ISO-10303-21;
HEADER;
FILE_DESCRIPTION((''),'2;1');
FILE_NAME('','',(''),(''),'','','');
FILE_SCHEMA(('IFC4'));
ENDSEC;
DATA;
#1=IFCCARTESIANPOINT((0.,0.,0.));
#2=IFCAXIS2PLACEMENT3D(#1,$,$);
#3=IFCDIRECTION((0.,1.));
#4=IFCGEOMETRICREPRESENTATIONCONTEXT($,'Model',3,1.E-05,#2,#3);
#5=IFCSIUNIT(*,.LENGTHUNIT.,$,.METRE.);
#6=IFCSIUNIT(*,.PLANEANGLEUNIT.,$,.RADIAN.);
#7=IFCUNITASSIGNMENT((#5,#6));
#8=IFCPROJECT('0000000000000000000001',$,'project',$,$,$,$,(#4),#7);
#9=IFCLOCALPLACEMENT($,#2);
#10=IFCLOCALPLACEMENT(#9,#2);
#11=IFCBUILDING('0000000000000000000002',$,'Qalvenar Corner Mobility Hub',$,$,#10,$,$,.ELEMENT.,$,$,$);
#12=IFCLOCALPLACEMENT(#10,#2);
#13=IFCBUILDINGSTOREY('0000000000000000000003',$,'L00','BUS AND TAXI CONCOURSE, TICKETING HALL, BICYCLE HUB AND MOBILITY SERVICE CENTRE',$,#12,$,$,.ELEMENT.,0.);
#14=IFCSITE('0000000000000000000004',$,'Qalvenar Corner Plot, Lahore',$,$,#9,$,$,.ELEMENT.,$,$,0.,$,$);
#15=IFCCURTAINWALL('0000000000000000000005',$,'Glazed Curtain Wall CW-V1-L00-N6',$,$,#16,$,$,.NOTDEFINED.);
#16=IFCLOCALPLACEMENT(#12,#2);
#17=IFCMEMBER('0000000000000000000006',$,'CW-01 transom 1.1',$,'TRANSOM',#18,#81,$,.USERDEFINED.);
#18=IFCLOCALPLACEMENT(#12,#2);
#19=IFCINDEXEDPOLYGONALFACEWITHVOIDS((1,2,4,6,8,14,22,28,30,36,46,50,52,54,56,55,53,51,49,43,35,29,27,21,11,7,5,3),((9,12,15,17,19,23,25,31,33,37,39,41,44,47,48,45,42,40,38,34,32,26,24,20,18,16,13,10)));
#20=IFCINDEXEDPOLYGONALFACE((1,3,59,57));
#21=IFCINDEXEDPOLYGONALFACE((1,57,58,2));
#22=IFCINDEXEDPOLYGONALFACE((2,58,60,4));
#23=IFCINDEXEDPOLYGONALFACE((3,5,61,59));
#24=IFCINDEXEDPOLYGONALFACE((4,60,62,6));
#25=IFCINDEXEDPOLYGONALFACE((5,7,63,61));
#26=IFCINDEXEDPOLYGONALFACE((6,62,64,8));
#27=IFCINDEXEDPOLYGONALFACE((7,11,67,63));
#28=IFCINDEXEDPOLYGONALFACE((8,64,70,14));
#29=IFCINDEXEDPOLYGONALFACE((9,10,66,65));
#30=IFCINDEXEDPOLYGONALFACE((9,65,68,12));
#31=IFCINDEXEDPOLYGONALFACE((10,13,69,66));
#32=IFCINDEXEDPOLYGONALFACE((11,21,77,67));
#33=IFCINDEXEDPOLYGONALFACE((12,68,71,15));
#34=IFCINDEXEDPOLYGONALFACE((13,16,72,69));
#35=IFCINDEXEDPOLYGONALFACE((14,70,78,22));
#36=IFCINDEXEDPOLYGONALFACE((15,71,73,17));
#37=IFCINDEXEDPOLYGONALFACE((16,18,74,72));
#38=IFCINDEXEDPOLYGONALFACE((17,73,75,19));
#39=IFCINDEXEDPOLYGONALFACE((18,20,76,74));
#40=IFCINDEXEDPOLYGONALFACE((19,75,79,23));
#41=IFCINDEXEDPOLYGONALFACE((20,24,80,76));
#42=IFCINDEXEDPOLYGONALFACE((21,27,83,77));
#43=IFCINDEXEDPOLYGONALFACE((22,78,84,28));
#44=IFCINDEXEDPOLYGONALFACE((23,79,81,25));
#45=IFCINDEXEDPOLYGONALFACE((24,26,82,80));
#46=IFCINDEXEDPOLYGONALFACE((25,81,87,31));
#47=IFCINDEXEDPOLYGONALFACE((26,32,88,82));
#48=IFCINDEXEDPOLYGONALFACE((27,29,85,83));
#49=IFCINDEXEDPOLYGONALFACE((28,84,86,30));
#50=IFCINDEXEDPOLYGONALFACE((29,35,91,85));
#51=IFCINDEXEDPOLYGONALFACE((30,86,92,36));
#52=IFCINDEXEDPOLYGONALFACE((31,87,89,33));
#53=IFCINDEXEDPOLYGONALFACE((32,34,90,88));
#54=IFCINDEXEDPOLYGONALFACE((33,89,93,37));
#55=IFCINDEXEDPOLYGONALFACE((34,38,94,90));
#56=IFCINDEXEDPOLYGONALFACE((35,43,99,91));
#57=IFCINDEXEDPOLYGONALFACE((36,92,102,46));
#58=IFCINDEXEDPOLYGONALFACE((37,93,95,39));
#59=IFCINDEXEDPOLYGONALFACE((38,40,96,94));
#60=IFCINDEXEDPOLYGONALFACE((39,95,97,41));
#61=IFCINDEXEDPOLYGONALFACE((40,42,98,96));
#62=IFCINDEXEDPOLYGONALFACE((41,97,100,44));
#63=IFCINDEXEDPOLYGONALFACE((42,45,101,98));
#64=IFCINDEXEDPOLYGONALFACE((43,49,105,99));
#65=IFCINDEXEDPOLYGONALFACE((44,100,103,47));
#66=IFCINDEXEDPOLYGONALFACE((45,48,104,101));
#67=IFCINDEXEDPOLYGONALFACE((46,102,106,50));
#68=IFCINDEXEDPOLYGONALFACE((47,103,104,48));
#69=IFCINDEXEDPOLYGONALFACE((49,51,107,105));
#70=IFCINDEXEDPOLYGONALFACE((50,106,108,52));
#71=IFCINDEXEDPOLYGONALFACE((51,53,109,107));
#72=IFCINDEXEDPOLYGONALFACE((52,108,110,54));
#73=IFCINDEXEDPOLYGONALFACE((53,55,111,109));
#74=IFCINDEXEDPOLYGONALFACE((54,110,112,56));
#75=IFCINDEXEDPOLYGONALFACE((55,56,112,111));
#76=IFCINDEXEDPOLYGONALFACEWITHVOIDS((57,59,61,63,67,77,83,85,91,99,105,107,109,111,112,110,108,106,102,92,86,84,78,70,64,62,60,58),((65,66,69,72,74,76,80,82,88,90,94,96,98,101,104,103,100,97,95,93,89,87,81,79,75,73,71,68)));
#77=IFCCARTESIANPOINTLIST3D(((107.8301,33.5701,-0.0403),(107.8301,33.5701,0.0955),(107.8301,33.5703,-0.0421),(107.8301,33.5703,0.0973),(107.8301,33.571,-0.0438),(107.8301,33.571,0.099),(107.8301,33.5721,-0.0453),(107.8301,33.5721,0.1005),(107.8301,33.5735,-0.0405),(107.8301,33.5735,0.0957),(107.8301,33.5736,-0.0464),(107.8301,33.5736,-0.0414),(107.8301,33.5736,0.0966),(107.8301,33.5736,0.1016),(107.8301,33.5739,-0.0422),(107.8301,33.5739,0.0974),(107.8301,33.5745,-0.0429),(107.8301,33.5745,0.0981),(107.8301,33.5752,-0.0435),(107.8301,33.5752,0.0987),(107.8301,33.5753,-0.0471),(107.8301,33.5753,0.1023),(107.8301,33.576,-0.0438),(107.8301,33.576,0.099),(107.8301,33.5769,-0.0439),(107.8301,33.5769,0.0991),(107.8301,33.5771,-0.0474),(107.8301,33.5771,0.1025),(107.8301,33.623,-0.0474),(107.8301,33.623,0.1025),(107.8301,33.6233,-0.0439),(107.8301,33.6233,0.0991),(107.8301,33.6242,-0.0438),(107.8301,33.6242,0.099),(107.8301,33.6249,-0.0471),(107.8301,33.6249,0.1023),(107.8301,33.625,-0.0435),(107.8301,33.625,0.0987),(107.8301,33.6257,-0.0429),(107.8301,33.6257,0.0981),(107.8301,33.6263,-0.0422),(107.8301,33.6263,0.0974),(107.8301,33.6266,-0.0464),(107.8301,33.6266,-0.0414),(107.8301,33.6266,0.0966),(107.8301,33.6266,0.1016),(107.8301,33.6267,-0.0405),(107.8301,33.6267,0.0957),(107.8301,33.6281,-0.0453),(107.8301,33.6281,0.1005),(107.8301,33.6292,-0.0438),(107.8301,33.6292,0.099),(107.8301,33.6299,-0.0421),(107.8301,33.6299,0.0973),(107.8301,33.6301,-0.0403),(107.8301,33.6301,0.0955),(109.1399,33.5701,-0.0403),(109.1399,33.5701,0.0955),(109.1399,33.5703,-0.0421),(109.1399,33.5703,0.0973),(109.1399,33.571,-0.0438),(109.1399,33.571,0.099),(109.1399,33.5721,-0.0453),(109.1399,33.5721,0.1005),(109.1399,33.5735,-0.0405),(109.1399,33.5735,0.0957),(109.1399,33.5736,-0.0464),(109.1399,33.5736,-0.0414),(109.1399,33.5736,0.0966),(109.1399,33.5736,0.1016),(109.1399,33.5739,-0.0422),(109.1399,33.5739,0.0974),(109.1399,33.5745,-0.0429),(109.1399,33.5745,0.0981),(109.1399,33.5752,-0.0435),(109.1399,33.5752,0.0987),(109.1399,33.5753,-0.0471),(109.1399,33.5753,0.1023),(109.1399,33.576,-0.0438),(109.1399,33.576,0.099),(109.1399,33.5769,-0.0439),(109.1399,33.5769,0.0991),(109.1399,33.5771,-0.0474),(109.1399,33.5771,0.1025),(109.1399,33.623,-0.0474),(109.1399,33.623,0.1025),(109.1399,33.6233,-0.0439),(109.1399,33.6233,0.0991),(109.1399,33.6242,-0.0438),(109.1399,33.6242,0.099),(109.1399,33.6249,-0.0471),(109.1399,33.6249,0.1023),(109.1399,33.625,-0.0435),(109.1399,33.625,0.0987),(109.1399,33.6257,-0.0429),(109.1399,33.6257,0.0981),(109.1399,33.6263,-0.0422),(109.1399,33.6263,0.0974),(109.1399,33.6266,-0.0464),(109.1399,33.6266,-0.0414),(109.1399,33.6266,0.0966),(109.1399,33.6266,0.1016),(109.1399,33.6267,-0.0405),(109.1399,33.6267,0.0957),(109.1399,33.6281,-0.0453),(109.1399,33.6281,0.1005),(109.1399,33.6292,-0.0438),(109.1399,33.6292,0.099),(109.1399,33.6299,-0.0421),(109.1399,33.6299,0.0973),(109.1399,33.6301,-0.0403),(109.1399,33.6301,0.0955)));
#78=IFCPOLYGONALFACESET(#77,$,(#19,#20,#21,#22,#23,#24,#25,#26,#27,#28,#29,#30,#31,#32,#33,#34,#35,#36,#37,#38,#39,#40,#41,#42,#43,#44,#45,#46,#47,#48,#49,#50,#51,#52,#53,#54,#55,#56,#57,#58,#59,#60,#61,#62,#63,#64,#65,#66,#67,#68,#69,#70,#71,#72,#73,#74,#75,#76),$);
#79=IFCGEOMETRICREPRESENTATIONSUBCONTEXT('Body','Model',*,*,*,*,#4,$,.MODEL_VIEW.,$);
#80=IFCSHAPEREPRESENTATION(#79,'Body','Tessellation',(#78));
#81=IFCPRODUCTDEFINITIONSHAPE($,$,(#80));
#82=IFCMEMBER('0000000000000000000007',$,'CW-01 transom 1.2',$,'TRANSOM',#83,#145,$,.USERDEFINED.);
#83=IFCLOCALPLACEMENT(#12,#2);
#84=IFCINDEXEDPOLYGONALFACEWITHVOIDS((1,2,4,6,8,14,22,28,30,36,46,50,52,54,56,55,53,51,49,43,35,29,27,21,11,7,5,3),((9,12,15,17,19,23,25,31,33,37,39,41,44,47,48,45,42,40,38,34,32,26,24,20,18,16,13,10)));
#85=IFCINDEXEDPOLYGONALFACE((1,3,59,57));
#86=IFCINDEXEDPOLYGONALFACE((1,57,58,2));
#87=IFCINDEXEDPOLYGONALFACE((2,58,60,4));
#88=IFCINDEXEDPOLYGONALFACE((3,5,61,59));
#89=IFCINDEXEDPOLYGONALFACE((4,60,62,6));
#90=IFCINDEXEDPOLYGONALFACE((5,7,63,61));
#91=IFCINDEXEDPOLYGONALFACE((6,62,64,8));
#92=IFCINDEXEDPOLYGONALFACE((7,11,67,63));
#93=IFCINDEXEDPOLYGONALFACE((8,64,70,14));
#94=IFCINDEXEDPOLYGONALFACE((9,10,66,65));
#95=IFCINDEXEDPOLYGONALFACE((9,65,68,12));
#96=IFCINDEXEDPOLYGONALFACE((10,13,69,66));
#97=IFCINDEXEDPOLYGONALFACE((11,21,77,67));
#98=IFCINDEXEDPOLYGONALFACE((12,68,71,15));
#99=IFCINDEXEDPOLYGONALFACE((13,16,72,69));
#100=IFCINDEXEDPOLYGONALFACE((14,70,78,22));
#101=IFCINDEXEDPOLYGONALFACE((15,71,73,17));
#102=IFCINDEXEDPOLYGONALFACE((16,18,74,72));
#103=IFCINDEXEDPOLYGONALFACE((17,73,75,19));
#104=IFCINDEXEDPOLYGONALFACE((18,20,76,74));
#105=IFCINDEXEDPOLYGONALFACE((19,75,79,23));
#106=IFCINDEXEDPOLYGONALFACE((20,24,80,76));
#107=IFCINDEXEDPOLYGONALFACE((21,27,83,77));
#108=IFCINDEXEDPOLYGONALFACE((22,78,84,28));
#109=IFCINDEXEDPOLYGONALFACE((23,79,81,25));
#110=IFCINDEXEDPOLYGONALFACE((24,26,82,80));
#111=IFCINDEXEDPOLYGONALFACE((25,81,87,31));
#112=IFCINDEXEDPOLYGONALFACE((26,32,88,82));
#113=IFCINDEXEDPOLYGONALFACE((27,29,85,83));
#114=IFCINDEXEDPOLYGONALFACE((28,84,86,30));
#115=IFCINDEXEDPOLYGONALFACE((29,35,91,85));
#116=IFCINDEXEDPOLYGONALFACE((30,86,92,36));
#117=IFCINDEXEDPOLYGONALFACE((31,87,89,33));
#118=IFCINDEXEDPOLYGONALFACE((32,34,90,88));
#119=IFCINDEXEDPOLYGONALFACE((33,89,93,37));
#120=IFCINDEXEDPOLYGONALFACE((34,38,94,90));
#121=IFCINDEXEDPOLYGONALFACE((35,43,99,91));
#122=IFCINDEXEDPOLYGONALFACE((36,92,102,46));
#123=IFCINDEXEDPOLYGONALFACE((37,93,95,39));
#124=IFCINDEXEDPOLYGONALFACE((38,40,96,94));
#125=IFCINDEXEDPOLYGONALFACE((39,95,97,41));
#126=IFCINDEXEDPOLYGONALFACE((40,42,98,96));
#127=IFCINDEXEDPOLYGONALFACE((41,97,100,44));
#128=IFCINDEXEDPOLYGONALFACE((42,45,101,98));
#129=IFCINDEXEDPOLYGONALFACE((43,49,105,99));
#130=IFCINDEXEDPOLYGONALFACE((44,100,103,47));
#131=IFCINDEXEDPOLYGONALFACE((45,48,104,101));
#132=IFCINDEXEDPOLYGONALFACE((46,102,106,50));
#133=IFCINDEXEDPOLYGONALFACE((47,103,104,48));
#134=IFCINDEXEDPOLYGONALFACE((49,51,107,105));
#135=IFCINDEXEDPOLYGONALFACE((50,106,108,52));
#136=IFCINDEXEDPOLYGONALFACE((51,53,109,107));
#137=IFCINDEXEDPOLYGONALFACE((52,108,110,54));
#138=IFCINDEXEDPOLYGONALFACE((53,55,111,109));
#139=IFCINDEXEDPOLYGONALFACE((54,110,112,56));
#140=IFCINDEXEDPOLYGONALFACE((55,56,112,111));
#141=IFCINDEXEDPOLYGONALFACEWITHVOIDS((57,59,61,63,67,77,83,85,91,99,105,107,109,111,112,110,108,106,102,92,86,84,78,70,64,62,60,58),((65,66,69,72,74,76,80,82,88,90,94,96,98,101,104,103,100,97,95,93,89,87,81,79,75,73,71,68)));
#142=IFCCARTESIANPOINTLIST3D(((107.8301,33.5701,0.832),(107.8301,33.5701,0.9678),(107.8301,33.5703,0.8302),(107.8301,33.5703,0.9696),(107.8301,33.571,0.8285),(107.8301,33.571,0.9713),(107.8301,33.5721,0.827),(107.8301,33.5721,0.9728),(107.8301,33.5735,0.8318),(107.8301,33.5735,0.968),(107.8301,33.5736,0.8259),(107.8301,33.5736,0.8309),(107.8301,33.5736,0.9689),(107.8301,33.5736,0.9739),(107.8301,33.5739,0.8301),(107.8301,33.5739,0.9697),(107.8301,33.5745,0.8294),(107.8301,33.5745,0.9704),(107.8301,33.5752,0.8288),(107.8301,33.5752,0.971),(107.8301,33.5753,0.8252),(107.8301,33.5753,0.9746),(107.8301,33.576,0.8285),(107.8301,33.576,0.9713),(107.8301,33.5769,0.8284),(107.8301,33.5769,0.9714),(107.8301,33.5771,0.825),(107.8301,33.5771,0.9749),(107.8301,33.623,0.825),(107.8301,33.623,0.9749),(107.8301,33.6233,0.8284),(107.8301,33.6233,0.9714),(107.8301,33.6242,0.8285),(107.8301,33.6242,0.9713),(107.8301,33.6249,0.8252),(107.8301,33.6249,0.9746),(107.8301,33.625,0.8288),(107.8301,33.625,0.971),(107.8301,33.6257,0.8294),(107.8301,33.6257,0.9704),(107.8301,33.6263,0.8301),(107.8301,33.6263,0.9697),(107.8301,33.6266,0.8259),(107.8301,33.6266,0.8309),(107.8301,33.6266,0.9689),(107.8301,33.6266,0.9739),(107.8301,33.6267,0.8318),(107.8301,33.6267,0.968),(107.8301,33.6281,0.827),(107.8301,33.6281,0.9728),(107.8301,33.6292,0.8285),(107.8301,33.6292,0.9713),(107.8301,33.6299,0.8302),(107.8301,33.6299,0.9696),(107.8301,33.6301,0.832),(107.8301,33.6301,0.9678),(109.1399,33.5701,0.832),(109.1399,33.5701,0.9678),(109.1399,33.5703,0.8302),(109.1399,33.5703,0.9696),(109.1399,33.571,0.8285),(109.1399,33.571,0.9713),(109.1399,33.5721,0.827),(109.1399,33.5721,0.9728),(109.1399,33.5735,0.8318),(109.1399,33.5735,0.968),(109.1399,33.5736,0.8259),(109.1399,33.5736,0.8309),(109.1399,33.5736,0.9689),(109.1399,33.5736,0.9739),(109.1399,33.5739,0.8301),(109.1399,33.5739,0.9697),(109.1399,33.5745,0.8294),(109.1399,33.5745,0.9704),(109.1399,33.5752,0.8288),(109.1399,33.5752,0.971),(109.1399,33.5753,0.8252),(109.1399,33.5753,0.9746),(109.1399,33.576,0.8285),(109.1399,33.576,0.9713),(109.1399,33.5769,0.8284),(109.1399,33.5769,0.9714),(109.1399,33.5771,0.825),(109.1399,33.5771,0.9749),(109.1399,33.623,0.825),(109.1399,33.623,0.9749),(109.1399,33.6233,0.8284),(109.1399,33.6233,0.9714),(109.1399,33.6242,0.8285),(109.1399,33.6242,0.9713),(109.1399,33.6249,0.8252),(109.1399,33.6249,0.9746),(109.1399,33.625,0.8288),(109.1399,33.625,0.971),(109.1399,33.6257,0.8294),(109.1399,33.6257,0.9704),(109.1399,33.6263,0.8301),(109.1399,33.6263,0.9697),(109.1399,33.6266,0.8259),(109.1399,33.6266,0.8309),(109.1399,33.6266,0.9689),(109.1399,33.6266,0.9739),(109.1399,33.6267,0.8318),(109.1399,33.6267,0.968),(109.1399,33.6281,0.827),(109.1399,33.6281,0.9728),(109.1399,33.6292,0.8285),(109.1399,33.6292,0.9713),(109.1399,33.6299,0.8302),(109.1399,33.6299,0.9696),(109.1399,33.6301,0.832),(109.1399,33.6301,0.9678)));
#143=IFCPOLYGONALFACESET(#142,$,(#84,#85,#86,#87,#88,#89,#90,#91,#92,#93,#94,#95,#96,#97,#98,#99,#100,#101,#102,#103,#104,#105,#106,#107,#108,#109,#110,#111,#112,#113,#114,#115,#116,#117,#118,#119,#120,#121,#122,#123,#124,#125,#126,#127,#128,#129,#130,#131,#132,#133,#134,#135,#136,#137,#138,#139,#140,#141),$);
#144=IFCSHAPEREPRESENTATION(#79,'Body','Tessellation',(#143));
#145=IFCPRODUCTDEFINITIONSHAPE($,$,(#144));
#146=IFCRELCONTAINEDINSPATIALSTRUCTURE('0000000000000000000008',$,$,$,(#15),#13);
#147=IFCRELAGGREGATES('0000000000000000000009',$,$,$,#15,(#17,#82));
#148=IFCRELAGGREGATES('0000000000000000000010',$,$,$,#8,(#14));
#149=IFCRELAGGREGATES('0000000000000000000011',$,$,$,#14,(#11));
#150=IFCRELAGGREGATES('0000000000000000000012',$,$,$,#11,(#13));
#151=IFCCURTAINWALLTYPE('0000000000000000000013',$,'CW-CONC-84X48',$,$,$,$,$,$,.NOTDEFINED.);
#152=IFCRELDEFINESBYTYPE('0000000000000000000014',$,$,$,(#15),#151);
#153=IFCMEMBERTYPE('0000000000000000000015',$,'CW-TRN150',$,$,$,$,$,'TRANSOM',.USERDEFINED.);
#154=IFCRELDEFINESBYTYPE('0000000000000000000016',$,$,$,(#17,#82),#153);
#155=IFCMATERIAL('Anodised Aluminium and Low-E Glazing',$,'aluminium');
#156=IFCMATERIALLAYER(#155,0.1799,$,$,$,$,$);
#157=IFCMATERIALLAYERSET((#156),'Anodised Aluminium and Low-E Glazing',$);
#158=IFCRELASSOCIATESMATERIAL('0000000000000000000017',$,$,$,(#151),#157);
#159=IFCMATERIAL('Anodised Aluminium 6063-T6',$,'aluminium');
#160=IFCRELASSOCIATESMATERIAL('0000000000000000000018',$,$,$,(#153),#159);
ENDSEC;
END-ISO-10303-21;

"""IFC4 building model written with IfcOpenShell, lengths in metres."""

from ifc_helpers import new_model, si_unit, direction, frame, origin, origin_2d, place, context, subcontext, project, spatial, hollow_rectangle, extrude, material, layer, layer_set, material_profile, profile_set, type_object, element, aggregate, save


model = new_model("IFC4")

# Units and contexts
model_context = context("Model", 3, precision=1e-05, world=origin(), true_north=direction((0.0, 1.0)))
body_context = subcontext(model_context, "Body", "Model", "MODEL_VIEW")
ifc_project = project(units=[si_unit("LENGTHUNIT", "METRE"), si_unit("PLANEANGLEUNIT", "RADIAN")], contexts=[model_context])

# Site, building, storey
site_placement = place(None, origin())
site = spatial("IfcSite", under=ifc_project, at=site_placement, Name="Qalvenar Corner Plot, Lahore", CompositionType="ELEMENT", RefElevation=0.0)
building_placement = place(site_placement, origin())
building = spatial("IfcBuilding", under=site, at=building_placement, Name="Qalvenar Corner Mobility Hub", CompositionType="ELEMENT")
storey_placement = place(building_placement, origin())
storey = spatial("IfcBuildingStorey", under=building, at=storey_placement, Name="L00", Description="BUS AND TAXI CONCOURSE, TICKETING HALL, BICYCLE HUB AND MOBILITY SERVICE CENTRE", CompositionType="ELEMENT", Elevation=0.0)

# Curtain wall, members
ifc_material_1 = material(Name="Anodised Aluminium and Low-E Glazing", Category="aluminium")
ifc_layer_1 = layer(ifc_material_1, 0.1799)
ifc_layer_set_1 = layer_set([ifc_layer_1], Name="Anodised Aluminium and Low-E Glazing")
curtain_wall_type = type_object("IfcCurtainWallType", Name="CW-CONC-84X48", PredefinedType="NOTDEFINED", material=ifc_layer_set_1)
curtain_wall_placement = place(storey_placement, origin())
curtain_wall = element("IfcCurtainWall", 1, at=curtain_wall_placement, inside=storey, type_object=curtain_wall_type, Name="Glazed Curtain Wall CW-V1-L00-N6", PredefinedType="NOTDEFINED")
ifc_material_2 = material(Name="Anodised Aluminium 6063-T6", Category="aluminium")
ifc_material_profile_1 = material_profile(ifc_material_2, hollow_rectangle(XDim=0.0601, YDim=0.1499, WallThickness=0.0034, InnerFilletRadius=0.0034, OuterFilletRadius=0.0071, at=origin_2d()), Name="RHS150x60x3.5")
ifc_profile_set_1 = profile_set([ifc_material_profile_1], Name="Anodised Aluminium 6063-T6")
member_type_1 = type_object("IfcMemberType", Name="CW-TRN150", ElementType="TRANSOM", PredefinedType="USERDEFINED", material=ifc_profile_set_1)
member_1_placement = place(storey_placement, frame((109.1399, 33.6001, 0.0276), z_axis=(-1.0, 0.0, 0.0), x_axis=(0.0, -1.0, 0.0)))
member_1 = element("IfcMember", 2, at=member_1_placement, type_object=member_type_1, Name="CW-01 transom 1.1", ObjectType="TRANSOM", PredefinedType="USERDEFINED", context=body_context, shape_type="SweptSolid", body=[
    extrude(hollow_rectangle(XDim=0.0601, YDim=0.1499, WallThickness=0.0034, InnerFilletRadius=0.0034, OuterFilletRadius=0.0071, at=origin_2d()), origin(), (0.0, 0.0, 1.0), 1.3098),
])
member_2_placement = place(storey_placement, frame((109.1399, 33.6001, 0.8999), z_axis=(-1.0, 0.0, 0.0), x_axis=(0.0, -1.0, 0.0)))
member_2 = element("IfcMember", 3, at=member_2_placement, type_object=member_type_1, Name="CW-01 transom 1.2", ObjectType="TRANSOM", PredefinedType="USERDEFINED", context=body_context, shape_type="SweptSolid", body=[
    extrude(hollow_rectangle(XDim=0.0601, YDim=0.1499, WallThickness=0.0034, InnerFilletRadius=0.0034, OuterFilletRadius=0.0071, at=origin_2d()), origin(), (0.0, 0.0, 1.0), 1.3098),
])
aggregate(curtain_wall, [member_1, member_2])

save(model, "model.ifc")
